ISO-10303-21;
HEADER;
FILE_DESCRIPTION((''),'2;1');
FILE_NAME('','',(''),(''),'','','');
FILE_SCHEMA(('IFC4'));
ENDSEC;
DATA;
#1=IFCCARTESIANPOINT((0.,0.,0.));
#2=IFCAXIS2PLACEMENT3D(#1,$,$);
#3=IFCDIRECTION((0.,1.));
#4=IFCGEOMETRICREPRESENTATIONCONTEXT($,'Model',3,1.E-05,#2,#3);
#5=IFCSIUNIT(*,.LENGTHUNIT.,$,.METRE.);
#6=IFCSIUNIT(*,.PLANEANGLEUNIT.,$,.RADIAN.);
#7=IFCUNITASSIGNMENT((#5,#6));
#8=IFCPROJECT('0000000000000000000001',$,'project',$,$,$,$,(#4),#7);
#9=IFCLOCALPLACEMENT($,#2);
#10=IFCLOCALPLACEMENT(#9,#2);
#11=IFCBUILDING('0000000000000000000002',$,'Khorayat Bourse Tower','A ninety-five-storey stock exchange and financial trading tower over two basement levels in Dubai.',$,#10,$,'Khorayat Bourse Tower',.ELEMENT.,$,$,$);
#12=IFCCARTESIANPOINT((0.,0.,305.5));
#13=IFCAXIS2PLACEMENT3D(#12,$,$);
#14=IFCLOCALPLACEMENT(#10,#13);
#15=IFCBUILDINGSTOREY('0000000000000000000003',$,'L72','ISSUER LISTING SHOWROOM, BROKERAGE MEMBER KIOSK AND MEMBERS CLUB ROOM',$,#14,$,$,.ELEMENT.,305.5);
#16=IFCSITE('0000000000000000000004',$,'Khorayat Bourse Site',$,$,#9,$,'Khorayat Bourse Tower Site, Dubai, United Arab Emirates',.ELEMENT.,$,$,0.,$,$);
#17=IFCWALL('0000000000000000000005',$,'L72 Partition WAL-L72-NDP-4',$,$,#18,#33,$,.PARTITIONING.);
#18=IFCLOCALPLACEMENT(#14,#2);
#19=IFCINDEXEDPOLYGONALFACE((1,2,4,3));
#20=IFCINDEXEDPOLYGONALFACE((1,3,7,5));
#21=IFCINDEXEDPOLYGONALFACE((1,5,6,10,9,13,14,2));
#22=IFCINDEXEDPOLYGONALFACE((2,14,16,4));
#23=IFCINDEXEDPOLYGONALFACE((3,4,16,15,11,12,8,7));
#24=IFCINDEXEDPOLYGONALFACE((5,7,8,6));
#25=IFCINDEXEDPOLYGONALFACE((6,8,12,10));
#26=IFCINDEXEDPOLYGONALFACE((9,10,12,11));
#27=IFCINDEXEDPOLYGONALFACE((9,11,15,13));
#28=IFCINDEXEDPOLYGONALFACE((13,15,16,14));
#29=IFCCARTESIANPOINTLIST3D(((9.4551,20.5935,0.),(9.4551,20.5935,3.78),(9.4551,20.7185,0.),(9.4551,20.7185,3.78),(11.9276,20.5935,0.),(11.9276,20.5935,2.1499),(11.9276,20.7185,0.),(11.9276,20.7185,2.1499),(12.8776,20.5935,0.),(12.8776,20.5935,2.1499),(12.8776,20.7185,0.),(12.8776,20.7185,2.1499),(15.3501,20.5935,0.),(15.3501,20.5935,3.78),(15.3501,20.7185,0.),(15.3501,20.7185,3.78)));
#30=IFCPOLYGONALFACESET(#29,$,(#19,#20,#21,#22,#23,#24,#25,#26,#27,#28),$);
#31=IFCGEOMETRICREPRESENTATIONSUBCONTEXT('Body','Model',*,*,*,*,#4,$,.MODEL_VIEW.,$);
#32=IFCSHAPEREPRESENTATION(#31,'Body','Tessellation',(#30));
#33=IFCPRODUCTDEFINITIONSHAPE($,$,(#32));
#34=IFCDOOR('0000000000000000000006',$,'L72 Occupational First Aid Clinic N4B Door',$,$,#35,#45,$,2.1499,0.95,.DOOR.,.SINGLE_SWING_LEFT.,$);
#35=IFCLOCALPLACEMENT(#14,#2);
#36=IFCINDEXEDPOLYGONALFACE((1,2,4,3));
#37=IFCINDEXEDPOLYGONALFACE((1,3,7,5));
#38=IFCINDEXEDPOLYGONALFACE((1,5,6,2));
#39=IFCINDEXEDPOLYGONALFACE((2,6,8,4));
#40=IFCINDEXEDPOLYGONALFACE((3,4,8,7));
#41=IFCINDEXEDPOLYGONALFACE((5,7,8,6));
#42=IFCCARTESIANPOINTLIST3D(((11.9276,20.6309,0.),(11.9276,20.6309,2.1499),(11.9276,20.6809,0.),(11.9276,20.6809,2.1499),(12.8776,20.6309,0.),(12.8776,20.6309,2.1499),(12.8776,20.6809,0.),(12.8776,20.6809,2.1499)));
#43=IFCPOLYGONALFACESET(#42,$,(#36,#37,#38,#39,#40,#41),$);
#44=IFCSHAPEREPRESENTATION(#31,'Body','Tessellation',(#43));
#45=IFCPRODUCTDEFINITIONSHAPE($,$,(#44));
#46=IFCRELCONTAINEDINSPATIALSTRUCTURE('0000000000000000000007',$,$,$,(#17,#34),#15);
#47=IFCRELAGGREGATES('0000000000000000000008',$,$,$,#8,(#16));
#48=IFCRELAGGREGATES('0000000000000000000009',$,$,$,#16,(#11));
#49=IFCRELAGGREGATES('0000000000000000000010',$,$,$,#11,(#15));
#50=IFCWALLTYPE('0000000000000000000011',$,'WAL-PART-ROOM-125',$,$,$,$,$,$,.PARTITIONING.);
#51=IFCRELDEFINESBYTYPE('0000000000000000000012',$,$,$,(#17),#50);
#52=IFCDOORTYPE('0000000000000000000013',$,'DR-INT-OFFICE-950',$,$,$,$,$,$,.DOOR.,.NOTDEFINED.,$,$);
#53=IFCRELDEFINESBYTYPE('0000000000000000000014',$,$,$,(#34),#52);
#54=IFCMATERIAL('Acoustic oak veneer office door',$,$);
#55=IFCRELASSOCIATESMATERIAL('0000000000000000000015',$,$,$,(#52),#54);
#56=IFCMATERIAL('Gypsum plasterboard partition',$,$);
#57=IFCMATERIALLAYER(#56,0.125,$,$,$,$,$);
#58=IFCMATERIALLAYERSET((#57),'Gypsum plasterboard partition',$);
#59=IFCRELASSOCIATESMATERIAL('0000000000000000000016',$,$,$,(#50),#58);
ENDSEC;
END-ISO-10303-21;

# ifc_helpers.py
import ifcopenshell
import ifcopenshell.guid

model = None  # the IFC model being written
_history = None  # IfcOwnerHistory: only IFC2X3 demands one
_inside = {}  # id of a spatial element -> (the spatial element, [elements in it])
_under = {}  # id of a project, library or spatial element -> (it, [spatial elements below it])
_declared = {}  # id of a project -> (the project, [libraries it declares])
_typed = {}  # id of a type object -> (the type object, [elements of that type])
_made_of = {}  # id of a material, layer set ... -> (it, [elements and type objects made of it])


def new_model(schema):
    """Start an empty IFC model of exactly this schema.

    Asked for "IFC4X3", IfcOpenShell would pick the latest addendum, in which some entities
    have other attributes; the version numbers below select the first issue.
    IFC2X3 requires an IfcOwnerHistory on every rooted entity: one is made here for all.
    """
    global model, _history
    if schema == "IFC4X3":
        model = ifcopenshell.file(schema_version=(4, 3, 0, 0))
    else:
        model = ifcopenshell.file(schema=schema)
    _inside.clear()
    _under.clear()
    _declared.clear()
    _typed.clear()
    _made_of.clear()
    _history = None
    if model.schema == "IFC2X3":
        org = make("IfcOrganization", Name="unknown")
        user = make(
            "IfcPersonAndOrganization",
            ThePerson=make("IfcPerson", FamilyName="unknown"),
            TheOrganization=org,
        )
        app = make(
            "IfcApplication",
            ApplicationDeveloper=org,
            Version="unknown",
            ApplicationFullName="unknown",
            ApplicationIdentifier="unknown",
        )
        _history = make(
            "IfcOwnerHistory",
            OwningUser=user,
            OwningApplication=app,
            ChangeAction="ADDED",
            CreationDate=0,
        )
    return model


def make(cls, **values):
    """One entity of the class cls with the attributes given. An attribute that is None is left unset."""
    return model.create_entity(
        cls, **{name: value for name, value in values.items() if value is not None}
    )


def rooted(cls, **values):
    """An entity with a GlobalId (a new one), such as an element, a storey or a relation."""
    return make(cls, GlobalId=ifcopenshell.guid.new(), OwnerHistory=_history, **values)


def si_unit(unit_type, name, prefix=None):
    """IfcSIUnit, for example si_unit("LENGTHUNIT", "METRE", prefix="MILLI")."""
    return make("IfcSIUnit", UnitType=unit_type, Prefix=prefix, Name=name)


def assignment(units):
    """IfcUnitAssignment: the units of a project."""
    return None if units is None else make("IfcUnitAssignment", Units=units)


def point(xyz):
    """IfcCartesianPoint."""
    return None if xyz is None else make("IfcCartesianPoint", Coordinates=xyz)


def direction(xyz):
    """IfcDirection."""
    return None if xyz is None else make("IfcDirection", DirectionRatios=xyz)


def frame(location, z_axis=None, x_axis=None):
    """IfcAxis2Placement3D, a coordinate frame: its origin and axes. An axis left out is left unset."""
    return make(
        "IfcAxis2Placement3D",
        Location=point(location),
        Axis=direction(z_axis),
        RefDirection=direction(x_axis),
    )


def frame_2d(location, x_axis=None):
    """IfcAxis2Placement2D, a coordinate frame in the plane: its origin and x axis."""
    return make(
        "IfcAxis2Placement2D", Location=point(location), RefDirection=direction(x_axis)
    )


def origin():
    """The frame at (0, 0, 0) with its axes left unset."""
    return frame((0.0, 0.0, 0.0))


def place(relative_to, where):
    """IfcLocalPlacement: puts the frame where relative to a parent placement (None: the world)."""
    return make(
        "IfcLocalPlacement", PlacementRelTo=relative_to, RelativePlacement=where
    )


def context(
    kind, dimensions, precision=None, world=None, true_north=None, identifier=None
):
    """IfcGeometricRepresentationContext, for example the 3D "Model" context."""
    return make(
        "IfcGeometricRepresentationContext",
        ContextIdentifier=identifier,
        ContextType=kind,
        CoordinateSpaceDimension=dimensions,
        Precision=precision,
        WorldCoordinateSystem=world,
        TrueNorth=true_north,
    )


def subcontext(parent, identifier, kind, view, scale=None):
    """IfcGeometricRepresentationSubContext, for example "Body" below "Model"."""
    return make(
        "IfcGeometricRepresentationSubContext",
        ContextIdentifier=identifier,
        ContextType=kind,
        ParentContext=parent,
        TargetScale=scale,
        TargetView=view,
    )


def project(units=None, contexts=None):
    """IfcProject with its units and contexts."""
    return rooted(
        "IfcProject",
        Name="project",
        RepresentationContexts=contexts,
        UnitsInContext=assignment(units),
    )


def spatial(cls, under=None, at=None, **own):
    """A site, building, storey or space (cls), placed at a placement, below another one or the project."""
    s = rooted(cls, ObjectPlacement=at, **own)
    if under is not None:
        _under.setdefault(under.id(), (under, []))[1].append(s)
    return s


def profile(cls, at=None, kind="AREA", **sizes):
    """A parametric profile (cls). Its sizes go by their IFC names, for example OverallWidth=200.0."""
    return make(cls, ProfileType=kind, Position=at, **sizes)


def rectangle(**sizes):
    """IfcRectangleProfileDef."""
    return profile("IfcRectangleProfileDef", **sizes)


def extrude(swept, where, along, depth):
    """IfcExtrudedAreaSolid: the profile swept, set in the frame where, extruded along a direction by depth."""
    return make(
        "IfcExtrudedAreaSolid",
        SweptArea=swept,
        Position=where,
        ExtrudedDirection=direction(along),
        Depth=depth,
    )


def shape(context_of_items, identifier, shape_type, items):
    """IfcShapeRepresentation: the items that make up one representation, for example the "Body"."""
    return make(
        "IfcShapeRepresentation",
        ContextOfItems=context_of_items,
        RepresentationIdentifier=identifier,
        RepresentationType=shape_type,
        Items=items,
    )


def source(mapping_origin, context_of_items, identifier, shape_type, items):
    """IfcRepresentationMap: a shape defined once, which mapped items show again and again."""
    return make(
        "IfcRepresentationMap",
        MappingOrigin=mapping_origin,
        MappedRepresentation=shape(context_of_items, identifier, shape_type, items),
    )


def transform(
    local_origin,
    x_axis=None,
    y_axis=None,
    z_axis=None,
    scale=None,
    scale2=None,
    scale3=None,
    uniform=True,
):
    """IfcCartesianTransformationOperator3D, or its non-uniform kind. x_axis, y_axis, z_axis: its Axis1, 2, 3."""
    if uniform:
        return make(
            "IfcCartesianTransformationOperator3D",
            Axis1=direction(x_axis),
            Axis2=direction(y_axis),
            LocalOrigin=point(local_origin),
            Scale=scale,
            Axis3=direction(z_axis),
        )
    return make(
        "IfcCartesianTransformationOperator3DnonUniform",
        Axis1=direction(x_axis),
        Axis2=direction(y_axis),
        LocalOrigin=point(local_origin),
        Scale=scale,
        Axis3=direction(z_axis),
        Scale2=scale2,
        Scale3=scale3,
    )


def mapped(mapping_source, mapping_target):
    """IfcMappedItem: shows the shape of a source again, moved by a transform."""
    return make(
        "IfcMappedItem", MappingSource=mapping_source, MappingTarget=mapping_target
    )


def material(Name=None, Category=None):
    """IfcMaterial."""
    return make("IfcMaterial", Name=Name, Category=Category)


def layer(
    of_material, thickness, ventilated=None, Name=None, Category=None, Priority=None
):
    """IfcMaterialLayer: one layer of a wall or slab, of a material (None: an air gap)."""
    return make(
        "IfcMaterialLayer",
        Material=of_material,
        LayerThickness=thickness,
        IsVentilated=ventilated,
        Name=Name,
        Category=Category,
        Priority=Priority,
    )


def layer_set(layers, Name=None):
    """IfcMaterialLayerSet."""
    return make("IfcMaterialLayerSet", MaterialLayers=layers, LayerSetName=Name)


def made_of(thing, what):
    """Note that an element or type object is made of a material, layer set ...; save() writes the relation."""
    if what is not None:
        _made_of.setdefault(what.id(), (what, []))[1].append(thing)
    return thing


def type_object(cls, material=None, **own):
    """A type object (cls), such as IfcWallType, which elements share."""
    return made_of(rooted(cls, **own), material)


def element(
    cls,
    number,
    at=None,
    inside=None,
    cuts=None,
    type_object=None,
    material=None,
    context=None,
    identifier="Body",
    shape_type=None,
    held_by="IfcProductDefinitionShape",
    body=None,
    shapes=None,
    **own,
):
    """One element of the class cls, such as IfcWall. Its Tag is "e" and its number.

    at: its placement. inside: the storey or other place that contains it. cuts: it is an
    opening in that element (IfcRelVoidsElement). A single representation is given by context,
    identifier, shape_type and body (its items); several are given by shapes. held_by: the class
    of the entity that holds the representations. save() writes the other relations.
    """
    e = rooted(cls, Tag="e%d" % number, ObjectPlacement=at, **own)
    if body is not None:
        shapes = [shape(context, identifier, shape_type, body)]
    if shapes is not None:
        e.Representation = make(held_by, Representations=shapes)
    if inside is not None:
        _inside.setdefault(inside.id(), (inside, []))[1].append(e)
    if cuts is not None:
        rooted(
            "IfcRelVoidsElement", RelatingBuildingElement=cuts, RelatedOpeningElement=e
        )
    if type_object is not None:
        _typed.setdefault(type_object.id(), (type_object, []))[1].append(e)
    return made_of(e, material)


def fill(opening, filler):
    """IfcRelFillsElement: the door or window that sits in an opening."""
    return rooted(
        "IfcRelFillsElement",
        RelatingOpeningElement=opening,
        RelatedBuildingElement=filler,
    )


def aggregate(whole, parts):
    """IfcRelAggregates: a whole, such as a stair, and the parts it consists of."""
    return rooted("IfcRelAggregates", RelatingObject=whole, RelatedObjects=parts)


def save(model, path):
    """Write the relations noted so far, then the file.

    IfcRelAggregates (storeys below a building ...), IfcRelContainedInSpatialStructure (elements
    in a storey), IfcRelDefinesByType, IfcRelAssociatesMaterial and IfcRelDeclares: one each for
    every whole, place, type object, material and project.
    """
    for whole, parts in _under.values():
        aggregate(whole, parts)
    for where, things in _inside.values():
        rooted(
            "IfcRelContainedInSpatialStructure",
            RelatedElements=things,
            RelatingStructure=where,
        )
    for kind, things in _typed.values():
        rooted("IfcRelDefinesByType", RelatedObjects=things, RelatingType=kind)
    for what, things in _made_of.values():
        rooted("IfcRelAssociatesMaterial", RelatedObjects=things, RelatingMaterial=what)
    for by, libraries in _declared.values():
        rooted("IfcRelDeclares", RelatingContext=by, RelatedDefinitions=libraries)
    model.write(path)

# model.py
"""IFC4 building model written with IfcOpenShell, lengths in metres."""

from ifc_helpers import new_model, si_unit, direction, frame, frame_2d, origin, place, context, subcontext, project, spatial, rectangle, extrude, source, transform, mapped, material, layer, layer_set, type_object, element, fill, save


model = new_model("IFC4")

# Units and contexts
model_context = context("Model", 3, precision=1e-05, world=origin(), true_north=direction((0.0, 1.0)))
body_context = subcontext(model_context, "Body", "Model", "MODEL_VIEW")
ifc_project = project(units=[si_unit("LENGTHUNIT", "METRE"), si_unit("PLANEANGLEUNIT", "RADIAN")], contexts=[model_context])

# Site, building, storey
site_placement = place(None, origin())
site = spatial("IfcSite", under=ifc_project, at=site_placement, Name="Khorayat Bourse Site", LongName="Khorayat Bourse Tower Site, Dubai, United Arab Emirates", CompositionType="ELEMENT", RefElevation=0.0)
building_placement = place(site_placement, origin())
building = spatial("IfcBuilding", under=site, at=building_placement, Name="Khorayat Bourse Tower", Description="A ninety-five-storey stock exchange and financial trading tower over two basement levels in Dubai.", LongName="Khorayat Bourse Tower", CompositionType="ELEMENT")
storey_placement = place(building_placement, frame((0.0, 0.0, 305.5)))
storey = spatial("IfcBuildingStorey", under=building, at=storey_placement, Name="L72", Description="ISSUER LISTING SHOWROOM, BROKERAGE MEMBER KIOSK AND MEMBERS CLUB ROOM", CompositionType="ELEMENT", Elevation=305.5)

# Shared definitions
ifc_material_1 = material(Name="Acoustic oak veneer office door")
door_type_1 = type_object("IfcDoorType", Name="DR-INT-OFFICE-950", OperationType="NOTDEFINED", PredefinedType="DOOR", material=ifc_material_1)
shared_shape_1 = source(origin(), body_context, "Body", "SweptSolid", [
    extrude(rectangle(XDim=0.95, YDim=2.1499, at=frame_2d((0.4751, 1.075))), frame((0.0, 0.0249, 0.0), z_axis=(0.0, -1.0, 0.0), x_axis=(1.0, 0.0, 0.0)), (0.0, 0.0, 1.0), 0.05),
])

# Wall, opening, door
ifc_material_2 = material(Name="Gypsum plasterboard partition")
ifc_layer_1 = layer(ifc_material_2, 0.125)
ifc_layer_set_1 = layer_set([ifc_layer_1], Name="Gypsum plasterboard partition")
wall_type_1 = type_object("IfcWallType", Name="WAL-PART-ROOM-125", PredefinedType="PARTITIONING", material=ifc_layer_set_1)
shared_shape_2 = source(origin(), body_context, "Body", "SweptSolid", [
    extrude(rectangle(XDim=0.95, YDim=2.1499, at=frame_2d((0.4751, 1.075))), frame((0.0, 0.0725, 0.0), z_axis=(0.0, -1.0, 0.0), x_axis=(1.0, 0.0, 0.0)), (0.0, 0.0, 1.0), 0.145),
])
shared_shape_3 = source(origin(), body_context, "Body", "SweptSolid", [
    extrude(rectangle(XDim=5.895, YDim=0.125, at=frame_2d((2.9475, 0.0))), origin(), (0.0, 0.0, 1.0), 3.78),
])
wall_1_placement = place(storey_placement, frame((9.4551, 20.656, 0.0), z_axis=(0.0, 0.0, 1.0), x_axis=(1.0, 0.0, 0.0)))
wall_1 = element("IfcWall", 1, at=wall_1_placement, inside=storey, type_object=wall_type_1, Name="L72 Partition WAL-L72-NDP-4", PredefinedType="PARTITIONING", context=body_context, shape_type="MappedRepresentation", body=[
    mapped(shared_shape_3, transform((0.0, 0.0, 0.0), scale=1.0)),
])
opening_1_placement = place(wall_1_placement, frame((2.4724, 0.0, 0.0)))
opening_1 = element("IfcOpeningElement", 2, at=opening_1_placement, cuts=wall_1, PredefinedType="OPENING", context=body_context, shape_type="MappedRepresentation", body=[
    mapped(shared_shape_2, transform((0.0, 0.0, 0.0), scale=1.0)),
])
door_1_placement = place(opening_1_placement, origin())
door_1 = element("IfcDoor", 3, at=door_1_placement, inside=storey, type_object=door_type_1, Name="L72 Occupational First Aid Clinic N4B Door", OperationType="SINGLE_SWING_LEFT", OverallHeight=2.1499, OverallWidth=0.95, PredefinedType="DOOR", context=body_context, shape_type="MappedRepresentation", body=[
    mapped(shared_shape_1, transform((0.0, 0.0, 0.0), scale=1.0)),
])
fill(opening_1, door_1)

save(model, "model.ifc")
